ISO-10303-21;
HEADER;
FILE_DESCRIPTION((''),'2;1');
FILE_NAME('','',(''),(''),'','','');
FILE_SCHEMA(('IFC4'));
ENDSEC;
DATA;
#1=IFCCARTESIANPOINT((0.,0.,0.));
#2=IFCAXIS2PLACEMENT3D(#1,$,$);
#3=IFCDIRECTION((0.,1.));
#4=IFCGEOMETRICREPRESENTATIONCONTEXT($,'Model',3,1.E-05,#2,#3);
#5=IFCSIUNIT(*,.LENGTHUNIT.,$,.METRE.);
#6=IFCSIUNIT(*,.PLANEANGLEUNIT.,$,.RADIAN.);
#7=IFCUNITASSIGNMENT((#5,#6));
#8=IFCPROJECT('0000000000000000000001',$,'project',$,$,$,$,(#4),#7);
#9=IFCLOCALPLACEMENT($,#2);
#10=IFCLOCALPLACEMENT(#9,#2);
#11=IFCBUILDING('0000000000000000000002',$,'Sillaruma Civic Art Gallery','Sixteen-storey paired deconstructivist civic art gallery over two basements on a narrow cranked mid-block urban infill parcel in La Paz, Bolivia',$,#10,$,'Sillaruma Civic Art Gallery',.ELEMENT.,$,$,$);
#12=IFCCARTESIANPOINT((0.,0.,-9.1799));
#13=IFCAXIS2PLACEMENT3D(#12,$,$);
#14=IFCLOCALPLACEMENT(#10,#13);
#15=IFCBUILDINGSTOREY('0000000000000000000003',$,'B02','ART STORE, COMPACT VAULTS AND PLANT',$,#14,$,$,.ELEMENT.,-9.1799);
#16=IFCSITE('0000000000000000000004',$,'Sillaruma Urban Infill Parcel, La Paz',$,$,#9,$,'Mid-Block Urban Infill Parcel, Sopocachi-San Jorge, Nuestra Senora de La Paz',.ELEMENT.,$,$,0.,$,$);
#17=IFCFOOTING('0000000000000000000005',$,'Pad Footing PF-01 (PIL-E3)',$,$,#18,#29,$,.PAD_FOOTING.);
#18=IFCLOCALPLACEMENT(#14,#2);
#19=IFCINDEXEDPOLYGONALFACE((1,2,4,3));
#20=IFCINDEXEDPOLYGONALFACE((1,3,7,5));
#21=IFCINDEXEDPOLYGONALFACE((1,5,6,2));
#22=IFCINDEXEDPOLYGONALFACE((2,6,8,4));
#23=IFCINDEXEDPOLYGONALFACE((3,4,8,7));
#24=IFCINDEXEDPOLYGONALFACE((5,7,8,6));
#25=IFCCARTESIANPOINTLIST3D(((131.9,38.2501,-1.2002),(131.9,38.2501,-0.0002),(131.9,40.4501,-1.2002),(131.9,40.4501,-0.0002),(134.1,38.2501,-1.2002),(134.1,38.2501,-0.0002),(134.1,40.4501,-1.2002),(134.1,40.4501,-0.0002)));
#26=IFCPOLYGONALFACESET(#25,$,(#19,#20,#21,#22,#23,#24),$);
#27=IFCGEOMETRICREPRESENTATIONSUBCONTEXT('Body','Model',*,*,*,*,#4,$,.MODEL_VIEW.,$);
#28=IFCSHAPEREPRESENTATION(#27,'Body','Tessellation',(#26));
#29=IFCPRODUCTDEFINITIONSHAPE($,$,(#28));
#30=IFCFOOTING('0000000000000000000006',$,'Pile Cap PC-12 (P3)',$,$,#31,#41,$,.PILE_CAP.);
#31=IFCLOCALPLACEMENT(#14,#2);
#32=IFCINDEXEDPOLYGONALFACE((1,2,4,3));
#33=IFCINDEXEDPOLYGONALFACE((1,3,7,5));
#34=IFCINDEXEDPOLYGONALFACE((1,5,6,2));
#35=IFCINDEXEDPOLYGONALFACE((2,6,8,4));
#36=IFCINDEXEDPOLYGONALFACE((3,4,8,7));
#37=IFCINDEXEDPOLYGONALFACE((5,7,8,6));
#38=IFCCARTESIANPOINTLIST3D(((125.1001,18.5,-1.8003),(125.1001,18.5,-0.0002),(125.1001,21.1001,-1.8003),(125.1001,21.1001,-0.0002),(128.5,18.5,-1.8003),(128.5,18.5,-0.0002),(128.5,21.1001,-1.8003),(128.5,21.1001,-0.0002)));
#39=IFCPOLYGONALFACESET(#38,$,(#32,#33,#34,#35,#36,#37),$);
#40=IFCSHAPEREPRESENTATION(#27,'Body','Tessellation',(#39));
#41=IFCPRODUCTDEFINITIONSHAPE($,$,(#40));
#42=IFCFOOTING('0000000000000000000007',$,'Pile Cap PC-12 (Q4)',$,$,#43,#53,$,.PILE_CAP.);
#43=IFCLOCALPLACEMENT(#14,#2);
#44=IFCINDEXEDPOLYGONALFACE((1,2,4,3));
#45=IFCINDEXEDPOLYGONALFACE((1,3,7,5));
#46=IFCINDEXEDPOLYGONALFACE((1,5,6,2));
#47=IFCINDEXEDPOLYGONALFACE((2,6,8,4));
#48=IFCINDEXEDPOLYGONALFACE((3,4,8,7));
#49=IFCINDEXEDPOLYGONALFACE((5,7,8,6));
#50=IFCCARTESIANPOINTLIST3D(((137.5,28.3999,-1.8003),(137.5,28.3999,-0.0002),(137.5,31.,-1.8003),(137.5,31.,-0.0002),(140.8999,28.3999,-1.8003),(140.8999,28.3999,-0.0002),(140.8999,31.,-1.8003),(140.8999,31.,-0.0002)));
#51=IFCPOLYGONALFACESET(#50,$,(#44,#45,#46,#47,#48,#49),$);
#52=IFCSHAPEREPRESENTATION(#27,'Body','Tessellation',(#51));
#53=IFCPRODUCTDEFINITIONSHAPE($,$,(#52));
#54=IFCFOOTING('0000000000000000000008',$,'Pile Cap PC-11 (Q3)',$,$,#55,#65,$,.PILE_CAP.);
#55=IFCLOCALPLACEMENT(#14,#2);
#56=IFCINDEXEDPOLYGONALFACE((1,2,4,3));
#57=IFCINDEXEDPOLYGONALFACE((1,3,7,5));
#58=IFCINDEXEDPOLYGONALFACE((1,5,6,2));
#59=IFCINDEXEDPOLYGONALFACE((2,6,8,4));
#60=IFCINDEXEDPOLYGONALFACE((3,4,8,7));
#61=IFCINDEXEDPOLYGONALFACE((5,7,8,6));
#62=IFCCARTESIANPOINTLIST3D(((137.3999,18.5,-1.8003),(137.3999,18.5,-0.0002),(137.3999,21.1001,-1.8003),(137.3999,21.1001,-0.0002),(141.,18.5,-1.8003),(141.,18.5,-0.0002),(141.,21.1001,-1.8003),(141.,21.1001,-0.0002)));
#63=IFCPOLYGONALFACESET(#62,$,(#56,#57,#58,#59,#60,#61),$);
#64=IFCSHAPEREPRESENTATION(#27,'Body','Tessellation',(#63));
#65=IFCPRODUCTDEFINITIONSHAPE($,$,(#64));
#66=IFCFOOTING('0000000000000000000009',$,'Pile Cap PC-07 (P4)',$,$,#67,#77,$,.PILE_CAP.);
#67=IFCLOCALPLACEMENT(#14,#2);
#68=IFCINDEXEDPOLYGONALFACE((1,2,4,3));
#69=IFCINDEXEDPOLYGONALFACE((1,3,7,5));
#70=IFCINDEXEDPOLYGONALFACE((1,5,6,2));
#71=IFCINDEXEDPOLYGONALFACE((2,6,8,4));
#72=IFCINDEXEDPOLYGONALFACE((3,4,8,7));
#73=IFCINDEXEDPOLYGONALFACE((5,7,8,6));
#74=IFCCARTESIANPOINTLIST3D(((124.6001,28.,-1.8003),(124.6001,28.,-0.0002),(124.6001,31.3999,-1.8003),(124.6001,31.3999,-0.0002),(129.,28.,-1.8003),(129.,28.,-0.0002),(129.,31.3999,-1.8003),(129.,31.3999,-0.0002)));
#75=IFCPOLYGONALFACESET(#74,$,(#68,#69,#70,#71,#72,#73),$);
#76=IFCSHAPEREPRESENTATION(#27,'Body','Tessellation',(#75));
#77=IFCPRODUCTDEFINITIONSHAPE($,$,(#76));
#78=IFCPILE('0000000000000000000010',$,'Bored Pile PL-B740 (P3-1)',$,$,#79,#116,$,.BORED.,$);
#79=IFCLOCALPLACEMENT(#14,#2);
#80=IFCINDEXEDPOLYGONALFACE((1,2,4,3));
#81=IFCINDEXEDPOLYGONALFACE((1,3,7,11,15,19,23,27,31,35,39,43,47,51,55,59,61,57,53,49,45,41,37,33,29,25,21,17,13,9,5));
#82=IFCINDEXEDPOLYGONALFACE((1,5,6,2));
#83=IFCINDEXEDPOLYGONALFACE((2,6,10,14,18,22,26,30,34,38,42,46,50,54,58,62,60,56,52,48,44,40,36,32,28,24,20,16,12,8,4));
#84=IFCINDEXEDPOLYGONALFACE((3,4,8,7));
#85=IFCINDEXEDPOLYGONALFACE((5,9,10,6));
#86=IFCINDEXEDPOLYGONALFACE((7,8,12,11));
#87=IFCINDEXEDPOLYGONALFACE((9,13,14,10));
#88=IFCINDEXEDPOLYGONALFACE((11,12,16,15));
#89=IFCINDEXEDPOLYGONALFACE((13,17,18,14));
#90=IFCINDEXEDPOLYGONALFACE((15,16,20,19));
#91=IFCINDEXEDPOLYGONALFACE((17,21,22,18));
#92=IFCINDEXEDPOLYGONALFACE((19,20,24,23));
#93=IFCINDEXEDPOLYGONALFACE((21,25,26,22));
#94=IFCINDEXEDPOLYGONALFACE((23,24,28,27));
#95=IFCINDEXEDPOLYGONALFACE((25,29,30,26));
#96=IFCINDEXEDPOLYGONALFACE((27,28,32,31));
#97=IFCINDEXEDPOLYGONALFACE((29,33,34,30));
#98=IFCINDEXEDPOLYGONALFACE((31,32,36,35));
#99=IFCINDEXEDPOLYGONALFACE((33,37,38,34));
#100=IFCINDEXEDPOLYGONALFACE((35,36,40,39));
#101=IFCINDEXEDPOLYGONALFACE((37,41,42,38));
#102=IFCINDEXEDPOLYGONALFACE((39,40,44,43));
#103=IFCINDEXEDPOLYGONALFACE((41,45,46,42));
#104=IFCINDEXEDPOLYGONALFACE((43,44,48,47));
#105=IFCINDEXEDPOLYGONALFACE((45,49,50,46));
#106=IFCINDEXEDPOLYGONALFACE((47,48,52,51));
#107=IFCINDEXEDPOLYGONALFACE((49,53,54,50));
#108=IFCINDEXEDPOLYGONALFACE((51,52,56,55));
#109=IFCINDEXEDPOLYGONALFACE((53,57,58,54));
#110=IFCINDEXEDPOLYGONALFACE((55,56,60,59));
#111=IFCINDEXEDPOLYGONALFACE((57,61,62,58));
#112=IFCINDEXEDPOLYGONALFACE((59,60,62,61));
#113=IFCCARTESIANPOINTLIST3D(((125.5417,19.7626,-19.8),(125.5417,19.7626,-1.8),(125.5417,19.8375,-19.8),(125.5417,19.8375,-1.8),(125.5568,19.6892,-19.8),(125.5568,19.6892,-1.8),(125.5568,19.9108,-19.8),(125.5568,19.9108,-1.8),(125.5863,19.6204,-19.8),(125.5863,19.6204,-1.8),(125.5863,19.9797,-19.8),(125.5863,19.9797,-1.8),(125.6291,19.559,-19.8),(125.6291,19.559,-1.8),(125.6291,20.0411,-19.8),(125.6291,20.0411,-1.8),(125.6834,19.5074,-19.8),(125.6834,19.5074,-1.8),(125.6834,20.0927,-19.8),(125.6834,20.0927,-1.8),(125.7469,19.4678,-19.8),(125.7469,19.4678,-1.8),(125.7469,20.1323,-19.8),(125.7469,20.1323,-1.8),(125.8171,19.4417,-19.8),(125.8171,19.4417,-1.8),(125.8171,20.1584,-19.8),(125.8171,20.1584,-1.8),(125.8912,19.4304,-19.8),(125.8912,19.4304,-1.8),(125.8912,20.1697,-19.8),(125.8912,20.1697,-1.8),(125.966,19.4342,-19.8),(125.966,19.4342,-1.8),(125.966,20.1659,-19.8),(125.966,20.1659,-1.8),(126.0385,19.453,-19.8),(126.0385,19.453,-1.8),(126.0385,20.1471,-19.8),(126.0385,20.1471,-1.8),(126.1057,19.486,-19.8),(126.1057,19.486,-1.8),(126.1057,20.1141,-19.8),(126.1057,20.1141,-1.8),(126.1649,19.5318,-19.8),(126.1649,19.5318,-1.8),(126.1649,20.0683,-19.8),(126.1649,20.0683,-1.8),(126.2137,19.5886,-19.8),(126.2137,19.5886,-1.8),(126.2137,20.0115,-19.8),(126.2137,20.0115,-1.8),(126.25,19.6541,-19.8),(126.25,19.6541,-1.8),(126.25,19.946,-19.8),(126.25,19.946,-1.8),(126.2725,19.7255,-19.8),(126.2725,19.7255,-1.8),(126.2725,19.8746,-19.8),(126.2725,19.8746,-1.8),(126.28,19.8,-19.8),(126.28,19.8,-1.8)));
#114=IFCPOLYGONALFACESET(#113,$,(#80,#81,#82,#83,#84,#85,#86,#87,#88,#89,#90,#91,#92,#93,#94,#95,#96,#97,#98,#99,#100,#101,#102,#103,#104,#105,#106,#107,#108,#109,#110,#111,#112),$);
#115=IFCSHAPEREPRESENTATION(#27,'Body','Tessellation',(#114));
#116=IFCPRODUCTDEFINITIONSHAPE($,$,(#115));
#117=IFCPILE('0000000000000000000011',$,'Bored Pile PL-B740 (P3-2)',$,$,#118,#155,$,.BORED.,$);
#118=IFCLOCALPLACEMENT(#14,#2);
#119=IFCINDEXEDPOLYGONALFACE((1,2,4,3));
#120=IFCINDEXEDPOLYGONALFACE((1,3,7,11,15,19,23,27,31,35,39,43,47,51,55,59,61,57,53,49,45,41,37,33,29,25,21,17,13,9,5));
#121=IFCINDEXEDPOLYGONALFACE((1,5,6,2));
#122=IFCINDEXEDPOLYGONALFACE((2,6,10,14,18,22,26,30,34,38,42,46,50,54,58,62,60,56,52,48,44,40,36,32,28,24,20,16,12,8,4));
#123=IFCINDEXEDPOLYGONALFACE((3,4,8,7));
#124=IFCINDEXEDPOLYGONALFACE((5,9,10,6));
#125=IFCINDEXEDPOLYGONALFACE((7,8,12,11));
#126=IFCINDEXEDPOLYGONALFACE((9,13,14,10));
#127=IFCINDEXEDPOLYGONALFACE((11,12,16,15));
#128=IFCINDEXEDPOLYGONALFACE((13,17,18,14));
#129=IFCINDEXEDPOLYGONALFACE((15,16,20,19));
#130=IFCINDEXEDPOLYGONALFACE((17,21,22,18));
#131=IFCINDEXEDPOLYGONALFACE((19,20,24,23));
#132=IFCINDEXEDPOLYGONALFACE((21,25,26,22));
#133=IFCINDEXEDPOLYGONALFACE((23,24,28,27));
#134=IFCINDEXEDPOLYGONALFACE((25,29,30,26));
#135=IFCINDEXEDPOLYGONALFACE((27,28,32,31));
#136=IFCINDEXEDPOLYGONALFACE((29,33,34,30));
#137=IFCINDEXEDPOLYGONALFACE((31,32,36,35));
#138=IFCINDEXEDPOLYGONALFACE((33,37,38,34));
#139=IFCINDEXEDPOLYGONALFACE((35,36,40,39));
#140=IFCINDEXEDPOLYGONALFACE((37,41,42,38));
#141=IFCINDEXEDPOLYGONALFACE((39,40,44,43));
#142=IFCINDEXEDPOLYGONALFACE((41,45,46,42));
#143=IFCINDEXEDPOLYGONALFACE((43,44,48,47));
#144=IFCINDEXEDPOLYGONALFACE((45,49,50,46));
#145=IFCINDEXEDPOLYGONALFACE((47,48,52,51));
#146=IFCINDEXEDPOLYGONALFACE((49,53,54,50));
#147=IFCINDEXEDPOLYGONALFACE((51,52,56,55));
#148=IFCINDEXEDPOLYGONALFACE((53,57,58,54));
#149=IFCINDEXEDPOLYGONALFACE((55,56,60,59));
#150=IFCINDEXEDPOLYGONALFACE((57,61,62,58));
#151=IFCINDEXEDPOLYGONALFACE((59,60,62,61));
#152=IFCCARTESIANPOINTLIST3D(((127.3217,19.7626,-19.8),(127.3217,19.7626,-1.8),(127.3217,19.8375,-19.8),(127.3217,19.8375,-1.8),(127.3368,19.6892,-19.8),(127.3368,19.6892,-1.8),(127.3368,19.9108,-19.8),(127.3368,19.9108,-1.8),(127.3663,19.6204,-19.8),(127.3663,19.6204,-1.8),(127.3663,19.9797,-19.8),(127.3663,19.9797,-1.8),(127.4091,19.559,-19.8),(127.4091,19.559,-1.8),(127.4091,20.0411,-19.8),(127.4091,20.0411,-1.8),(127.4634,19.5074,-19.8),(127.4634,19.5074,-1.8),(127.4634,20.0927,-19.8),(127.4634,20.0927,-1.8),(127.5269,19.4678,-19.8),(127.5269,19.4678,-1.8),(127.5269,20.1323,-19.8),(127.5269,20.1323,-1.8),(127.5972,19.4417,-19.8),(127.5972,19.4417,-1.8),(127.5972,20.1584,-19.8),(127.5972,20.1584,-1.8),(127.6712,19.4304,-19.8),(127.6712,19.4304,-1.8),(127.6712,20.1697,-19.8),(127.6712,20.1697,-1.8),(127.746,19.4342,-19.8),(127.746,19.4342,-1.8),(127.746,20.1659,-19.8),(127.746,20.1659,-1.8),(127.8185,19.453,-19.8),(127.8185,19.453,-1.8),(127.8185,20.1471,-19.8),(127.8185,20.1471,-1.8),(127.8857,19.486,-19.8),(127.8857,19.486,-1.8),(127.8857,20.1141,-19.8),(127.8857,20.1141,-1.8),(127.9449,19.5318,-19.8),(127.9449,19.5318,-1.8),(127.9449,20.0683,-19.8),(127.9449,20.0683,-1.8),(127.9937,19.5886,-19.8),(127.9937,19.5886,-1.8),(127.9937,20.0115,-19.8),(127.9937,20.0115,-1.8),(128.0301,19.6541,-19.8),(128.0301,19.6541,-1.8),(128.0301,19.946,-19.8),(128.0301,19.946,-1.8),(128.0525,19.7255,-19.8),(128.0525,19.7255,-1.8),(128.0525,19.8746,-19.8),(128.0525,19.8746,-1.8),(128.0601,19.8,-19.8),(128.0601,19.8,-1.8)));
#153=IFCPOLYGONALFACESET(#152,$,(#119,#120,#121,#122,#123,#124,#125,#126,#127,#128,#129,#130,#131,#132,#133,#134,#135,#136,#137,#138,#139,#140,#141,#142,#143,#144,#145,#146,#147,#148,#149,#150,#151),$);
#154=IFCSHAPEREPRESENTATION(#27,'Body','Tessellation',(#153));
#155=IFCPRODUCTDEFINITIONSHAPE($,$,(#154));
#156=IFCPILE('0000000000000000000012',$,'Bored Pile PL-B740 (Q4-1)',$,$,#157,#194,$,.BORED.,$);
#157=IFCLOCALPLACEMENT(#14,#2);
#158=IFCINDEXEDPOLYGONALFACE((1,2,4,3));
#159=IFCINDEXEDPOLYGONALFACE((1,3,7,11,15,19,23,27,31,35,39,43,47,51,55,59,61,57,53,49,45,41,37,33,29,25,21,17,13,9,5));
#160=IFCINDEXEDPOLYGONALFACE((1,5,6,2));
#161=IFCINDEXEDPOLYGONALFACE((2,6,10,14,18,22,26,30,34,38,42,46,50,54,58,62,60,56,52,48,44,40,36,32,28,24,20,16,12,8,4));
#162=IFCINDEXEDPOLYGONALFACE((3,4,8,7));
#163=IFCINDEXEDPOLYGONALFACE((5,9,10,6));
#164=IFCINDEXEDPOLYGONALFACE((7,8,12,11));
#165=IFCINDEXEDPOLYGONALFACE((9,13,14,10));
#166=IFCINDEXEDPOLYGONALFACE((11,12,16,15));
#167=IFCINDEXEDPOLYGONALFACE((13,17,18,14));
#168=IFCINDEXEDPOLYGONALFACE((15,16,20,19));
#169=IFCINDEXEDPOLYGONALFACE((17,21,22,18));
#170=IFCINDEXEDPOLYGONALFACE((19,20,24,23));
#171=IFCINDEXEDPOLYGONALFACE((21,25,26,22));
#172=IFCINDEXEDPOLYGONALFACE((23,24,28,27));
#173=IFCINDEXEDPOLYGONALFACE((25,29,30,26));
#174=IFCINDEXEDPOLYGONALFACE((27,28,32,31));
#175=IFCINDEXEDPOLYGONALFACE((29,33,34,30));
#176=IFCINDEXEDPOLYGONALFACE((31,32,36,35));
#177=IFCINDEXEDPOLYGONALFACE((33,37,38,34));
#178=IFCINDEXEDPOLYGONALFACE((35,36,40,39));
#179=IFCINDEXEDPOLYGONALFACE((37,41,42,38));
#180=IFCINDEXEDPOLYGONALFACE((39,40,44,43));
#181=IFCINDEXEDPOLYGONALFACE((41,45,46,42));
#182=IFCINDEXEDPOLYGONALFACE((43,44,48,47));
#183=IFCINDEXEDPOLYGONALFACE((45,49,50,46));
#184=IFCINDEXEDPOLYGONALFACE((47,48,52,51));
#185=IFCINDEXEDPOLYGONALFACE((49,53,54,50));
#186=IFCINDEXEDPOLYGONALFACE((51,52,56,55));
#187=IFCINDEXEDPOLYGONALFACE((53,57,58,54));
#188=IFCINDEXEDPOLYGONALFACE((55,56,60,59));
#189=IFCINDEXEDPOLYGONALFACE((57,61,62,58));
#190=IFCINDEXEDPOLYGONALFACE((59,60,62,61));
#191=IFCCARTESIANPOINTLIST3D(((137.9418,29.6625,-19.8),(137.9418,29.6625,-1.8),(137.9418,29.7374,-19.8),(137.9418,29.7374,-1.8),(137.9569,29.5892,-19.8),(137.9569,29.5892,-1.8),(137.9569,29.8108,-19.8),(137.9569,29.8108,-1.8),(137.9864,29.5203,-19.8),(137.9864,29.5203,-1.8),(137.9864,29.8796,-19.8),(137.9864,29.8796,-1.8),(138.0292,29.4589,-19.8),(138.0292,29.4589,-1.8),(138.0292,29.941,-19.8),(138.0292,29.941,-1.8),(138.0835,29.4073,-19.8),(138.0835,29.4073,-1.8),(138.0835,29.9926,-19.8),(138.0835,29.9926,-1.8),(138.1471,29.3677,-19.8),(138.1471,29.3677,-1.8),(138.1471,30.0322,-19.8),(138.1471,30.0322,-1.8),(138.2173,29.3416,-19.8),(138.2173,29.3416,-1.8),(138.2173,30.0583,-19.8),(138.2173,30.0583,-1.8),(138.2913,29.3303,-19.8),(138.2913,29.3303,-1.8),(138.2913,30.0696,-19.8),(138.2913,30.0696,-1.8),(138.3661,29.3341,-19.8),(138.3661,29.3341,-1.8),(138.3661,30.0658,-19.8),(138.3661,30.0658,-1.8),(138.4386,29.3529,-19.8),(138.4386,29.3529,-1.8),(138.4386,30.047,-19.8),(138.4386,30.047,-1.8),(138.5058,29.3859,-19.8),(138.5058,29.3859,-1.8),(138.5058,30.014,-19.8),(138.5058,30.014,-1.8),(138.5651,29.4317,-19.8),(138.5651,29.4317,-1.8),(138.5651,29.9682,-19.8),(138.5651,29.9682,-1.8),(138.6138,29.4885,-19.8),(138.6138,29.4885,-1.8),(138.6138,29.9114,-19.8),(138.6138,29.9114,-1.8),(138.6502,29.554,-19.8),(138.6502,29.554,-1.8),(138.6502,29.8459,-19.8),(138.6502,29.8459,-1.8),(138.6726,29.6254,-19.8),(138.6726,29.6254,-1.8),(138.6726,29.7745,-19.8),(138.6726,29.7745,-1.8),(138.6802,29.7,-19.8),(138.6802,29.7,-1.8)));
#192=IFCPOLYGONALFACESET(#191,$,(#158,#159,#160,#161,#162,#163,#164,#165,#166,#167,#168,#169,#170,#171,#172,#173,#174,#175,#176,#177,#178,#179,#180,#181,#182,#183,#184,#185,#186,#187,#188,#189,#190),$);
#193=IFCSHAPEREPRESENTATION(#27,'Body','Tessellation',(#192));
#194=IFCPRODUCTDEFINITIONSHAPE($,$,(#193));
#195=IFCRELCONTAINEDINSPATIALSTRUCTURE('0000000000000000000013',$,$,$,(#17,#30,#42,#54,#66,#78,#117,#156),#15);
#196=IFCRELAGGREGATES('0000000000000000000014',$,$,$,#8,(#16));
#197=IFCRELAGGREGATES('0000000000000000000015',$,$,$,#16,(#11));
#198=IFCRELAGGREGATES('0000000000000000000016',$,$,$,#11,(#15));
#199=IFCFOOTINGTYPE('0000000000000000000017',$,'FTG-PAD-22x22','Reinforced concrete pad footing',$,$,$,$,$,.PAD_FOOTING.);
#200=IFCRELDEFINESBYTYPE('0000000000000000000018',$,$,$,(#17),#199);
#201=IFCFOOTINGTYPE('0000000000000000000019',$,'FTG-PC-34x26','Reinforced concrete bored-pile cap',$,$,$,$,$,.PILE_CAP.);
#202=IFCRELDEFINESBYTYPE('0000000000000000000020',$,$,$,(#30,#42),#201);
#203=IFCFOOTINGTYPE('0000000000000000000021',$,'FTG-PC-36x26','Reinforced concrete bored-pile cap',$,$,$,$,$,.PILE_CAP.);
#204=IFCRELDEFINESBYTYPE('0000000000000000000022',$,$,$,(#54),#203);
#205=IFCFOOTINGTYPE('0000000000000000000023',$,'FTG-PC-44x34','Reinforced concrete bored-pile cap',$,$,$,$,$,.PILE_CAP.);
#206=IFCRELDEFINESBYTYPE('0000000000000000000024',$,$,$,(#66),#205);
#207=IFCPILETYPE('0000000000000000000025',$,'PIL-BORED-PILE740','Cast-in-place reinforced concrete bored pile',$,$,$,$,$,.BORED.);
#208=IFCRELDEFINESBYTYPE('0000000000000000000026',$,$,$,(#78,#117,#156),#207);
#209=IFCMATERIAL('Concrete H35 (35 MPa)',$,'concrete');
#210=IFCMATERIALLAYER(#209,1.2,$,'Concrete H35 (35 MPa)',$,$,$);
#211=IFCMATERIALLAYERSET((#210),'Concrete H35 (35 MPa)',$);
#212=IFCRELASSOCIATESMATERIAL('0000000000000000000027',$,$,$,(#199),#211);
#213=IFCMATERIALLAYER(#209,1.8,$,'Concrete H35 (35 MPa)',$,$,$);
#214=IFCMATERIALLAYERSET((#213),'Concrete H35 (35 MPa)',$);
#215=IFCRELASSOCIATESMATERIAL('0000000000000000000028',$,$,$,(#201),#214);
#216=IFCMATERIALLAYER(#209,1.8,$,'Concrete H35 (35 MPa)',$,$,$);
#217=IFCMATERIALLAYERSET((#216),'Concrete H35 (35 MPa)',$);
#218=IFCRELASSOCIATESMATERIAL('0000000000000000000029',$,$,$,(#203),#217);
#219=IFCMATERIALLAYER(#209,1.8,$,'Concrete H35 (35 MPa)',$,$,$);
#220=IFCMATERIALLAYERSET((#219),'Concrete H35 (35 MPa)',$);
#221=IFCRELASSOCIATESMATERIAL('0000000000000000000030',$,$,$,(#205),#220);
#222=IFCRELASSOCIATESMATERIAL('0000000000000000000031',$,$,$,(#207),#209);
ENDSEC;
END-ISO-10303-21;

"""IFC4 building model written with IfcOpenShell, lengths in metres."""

from ifc_helpers import new_model, si_unit, direction, frame, origin, origin_2d, place, context, subcontext, project, spatial, rectangle, circle, extrude, material, layer, layer_set, material_profile, profile_set, type_object, element, save


model = new_model("IFC4")

# Units and contexts
model_context = context("Model", 3, precision=1e-05, world=origin(), true_north=direction((0.0, 1.0)))
body_context = subcontext(model_context, "Body", "Model", "MODEL_VIEW")
ifc_project = project(units=[si_unit("LENGTHUNIT", "METRE"), si_unit("PLANEANGLEUNIT", "RADIAN")], contexts=[model_context])

# Site, building, storey
site_placement = place(None, origin())
site = spatial("IfcSite", under=ifc_project, at=site_placement, Name="Sillaruma Urban Infill Parcel, La Paz", LongName="Mid-Block Urban Infill Parcel, Sopocachi-San Jorge, Nuestra Senora de La Paz", CompositionType="ELEMENT", RefElevation=0.0)
building_placement = place(site_placement, origin())
building = spatial("IfcBuilding", under=site, at=building_placement, Name="Sillaruma Civic Art Gallery", Description="Sixteen-storey paired deconstructivist civic art gallery over two basements on a narrow cranked mid-block urban infill parcel in La Paz, Bolivia", LongName="Sillaruma Civic Art Gallery", CompositionType="ELEMENT")
storey_placement = place(building_placement, frame((0.0, 0.0, -9.1799)))
storey = spatial("IfcBuildingStorey", under=building, at=storey_placement, Name="B02", Description="ART STORE, COMPACT VAULTS AND PLANT", CompositionType="ELEMENT", Elevation=-9.1799)

# Footings
ifc_material_1 = material(Name="Concrete H35 (35 MPa)", Category="concrete")
ifc_layer_1 = layer(ifc_material_1, 1.2, Name="Concrete H35 (35 MPa)")
ifc_layer_set_1 = layer_set([ifc_layer_1], Name="Concrete H35 (35 MPa)")
footing_type_1 = type_object("IfcFootingType", Name="FTG-PAD-22x22", Description="Reinforced concrete pad footing", PredefinedType="PAD_FOOTING", material=ifc_layer_set_1)
footing_1_placement = place(storey_placement, frame((133.0, 39.3501, -1.2002), z_axis=(0.0, 0.0, 1.0), x_axis=(1.0, 0.0, 0.0)))
element("IfcFooting", 1, at=footing_1_placement, inside=storey, type_object=footing_type_1, Name="Pad Footing PF-01 (PIL-E3)", PredefinedType="PAD_FOOTING", context=body_context, shape_type="SweptSolid", body=[
    extrude(rectangle(XDim=2.2, YDim=2.2, at=origin_2d()), origin(), (0.0, 0.0, 1.0), 1.2),
])
ifc_layer_2 = layer(ifc_material_1, 1.8, Name="Concrete H35 (35 MPa)")
ifc_layer_set_2 = layer_set([ifc_layer_2], Name="Concrete H35 (35 MPa)")
footing_type_2 = type_object("IfcFootingType", Name="FTG-PC-34x26", Description="Reinforced concrete bored-pile cap", PredefinedType="PILE_CAP", material=ifc_layer_set_2)
for number, where, z_axis, x_axis, name in (
    (2, (126.8, 19.8, -1.8003), (0.0, 0.0, 1.0), (1.0, 0.0, 0.0), "Pile Cap PC-12 (P3)"),
    (3, (139.2, 29.7, -1.8003), (0.0, 0.0, 1.0), (1.0, 0.0, 0.0), "Pile Cap PC-12 (Q4)"),
):
    element("IfcFooting", number, at=place(storey_placement, frame(where, z_axis=z_axis, x_axis=x_axis)), inside=storey, type_object=footing_type_2, Name=name, PredefinedType="PILE_CAP", context=body_context, shape_type="SweptSolid", body=[
        extrude(rectangle(XDim=3.3999, YDim=2.6001, at=origin_2d()), origin(), (0.0, 0.0, 1.0), 1.8),
    ])
ifc_layer_3 = layer(ifc_material_1, 1.8, Name="Concrete H35 (35 MPa)")
ifc_layer_set_3 = layer_set([ifc_layer_3], Name="Concrete H35 (35 MPa)")
footing_type_3 = type_object("IfcFootingType", Name="FTG-PC-36x26", Description="Reinforced concrete bored-pile cap", PredefinedType="PILE_CAP", material=ifc_layer_set_3)
footing_2_placement = place(storey_placement, frame((139.2, 19.8, -1.8003), z_axis=(0.0, 0.0, 1.0), x_axis=(1.0, 0.0, 0.0)))
element("IfcFooting", 4, at=footing_2_placement, inside=storey, type_object=footing_type_3, Name="Pile Cap PC-11 (Q3)", PredefinedType="PILE_CAP", context=body_context, shape_type="SweptSolid", body=[
    extrude(rectangle(XDim=3.6001, YDim=2.6001, at=origin_2d()), origin(), (0.0, 0.0, 1.0), 1.8),
])
ifc_layer_4 = layer(ifc_material_1, 1.8, Name="Concrete H35 (35 MPa)")
ifc_layer_set_4 = layer_set([ifc_layer_4], Name="Concrete H35 (35 MPa)")
footing_type_4 = type_object("IfcFootingType", Name="FTG-PC-44x34", Description="Reinforced concrete bored-pile cap", PredefinedType="PILE_CAP", material=ifc_layer_set_4)
footing_3_placement = place(storey_placement, frame((126.8, 29.7, -1.8003), z_axis=(0.0, 0.0, 1.0), x_axis=(1.0, 0.0, 0.0)))
element("IfcFooting", 5, at=footing_3_placement, inside=storey, type_object=footing_type_4, Name="Pile Cap PC-07 (P4)", PredefinedType="PILE_CAP", context=body_context, shape_type="SweptSolid", body=[
    extrude(rectangle(XDim=4.3999, YDim=3.3999, at=origin_2d()), origin(), (0.0, 0.0, 1.0), 1.8),
])

# Piles
ifc_material_profile_1 = material_profile(ifc_material_1, circle(Radius=0.3701, at=origin_2d()), Name="PILE740")
ifc_profile_set_1 = profile_set([ifc_material_profile_1], Name="Concrete H35 (35 MPa)")
pile_type_1 = type_object("IfcPileType", Name="PIL-BORED-PILE740", Description="Cast-in-place reinforced concrete bored pile", PredefinedType="BORED", material=ifc_profile_set_1)
for number, where, z_axis, x_axis, name in (
    (6, (125.9099, 19.8, -1.8), (0.0, 0.0, -1.0), (1.0, 0.0, 0.0), "Bored Pile PL-B740 (P3-1)"),
    (7, (127.6899, 19.8, -1.8), (0.0, 0.0, -1.0), (1.0, 0.0, 0.0), "Bored Pile PL-B740 (P3-2)"),
    (8, (138.3101, 29.7, -1.8), (0.0, 0.0, -1.0), (1.0, 0.0, 0.0), "Bored Pile PL-B740 (Q4-1)"),
):
    element("IfcPile", number, at=place(storey_placement, frame(where, z_axis=z_axis, x_axis=x_axis)), inside=storey, type_object=pile_type_1, Name=name, PredefinedType="BORED", context=body_context, shape_type="SweptSolid", body=[
        extrude(circle(Radius=0.3701, at=origin_2d()), origin(), (0.0, 0.0, 1.0), 18.0),
    ])

save(model, "model.ifc")
